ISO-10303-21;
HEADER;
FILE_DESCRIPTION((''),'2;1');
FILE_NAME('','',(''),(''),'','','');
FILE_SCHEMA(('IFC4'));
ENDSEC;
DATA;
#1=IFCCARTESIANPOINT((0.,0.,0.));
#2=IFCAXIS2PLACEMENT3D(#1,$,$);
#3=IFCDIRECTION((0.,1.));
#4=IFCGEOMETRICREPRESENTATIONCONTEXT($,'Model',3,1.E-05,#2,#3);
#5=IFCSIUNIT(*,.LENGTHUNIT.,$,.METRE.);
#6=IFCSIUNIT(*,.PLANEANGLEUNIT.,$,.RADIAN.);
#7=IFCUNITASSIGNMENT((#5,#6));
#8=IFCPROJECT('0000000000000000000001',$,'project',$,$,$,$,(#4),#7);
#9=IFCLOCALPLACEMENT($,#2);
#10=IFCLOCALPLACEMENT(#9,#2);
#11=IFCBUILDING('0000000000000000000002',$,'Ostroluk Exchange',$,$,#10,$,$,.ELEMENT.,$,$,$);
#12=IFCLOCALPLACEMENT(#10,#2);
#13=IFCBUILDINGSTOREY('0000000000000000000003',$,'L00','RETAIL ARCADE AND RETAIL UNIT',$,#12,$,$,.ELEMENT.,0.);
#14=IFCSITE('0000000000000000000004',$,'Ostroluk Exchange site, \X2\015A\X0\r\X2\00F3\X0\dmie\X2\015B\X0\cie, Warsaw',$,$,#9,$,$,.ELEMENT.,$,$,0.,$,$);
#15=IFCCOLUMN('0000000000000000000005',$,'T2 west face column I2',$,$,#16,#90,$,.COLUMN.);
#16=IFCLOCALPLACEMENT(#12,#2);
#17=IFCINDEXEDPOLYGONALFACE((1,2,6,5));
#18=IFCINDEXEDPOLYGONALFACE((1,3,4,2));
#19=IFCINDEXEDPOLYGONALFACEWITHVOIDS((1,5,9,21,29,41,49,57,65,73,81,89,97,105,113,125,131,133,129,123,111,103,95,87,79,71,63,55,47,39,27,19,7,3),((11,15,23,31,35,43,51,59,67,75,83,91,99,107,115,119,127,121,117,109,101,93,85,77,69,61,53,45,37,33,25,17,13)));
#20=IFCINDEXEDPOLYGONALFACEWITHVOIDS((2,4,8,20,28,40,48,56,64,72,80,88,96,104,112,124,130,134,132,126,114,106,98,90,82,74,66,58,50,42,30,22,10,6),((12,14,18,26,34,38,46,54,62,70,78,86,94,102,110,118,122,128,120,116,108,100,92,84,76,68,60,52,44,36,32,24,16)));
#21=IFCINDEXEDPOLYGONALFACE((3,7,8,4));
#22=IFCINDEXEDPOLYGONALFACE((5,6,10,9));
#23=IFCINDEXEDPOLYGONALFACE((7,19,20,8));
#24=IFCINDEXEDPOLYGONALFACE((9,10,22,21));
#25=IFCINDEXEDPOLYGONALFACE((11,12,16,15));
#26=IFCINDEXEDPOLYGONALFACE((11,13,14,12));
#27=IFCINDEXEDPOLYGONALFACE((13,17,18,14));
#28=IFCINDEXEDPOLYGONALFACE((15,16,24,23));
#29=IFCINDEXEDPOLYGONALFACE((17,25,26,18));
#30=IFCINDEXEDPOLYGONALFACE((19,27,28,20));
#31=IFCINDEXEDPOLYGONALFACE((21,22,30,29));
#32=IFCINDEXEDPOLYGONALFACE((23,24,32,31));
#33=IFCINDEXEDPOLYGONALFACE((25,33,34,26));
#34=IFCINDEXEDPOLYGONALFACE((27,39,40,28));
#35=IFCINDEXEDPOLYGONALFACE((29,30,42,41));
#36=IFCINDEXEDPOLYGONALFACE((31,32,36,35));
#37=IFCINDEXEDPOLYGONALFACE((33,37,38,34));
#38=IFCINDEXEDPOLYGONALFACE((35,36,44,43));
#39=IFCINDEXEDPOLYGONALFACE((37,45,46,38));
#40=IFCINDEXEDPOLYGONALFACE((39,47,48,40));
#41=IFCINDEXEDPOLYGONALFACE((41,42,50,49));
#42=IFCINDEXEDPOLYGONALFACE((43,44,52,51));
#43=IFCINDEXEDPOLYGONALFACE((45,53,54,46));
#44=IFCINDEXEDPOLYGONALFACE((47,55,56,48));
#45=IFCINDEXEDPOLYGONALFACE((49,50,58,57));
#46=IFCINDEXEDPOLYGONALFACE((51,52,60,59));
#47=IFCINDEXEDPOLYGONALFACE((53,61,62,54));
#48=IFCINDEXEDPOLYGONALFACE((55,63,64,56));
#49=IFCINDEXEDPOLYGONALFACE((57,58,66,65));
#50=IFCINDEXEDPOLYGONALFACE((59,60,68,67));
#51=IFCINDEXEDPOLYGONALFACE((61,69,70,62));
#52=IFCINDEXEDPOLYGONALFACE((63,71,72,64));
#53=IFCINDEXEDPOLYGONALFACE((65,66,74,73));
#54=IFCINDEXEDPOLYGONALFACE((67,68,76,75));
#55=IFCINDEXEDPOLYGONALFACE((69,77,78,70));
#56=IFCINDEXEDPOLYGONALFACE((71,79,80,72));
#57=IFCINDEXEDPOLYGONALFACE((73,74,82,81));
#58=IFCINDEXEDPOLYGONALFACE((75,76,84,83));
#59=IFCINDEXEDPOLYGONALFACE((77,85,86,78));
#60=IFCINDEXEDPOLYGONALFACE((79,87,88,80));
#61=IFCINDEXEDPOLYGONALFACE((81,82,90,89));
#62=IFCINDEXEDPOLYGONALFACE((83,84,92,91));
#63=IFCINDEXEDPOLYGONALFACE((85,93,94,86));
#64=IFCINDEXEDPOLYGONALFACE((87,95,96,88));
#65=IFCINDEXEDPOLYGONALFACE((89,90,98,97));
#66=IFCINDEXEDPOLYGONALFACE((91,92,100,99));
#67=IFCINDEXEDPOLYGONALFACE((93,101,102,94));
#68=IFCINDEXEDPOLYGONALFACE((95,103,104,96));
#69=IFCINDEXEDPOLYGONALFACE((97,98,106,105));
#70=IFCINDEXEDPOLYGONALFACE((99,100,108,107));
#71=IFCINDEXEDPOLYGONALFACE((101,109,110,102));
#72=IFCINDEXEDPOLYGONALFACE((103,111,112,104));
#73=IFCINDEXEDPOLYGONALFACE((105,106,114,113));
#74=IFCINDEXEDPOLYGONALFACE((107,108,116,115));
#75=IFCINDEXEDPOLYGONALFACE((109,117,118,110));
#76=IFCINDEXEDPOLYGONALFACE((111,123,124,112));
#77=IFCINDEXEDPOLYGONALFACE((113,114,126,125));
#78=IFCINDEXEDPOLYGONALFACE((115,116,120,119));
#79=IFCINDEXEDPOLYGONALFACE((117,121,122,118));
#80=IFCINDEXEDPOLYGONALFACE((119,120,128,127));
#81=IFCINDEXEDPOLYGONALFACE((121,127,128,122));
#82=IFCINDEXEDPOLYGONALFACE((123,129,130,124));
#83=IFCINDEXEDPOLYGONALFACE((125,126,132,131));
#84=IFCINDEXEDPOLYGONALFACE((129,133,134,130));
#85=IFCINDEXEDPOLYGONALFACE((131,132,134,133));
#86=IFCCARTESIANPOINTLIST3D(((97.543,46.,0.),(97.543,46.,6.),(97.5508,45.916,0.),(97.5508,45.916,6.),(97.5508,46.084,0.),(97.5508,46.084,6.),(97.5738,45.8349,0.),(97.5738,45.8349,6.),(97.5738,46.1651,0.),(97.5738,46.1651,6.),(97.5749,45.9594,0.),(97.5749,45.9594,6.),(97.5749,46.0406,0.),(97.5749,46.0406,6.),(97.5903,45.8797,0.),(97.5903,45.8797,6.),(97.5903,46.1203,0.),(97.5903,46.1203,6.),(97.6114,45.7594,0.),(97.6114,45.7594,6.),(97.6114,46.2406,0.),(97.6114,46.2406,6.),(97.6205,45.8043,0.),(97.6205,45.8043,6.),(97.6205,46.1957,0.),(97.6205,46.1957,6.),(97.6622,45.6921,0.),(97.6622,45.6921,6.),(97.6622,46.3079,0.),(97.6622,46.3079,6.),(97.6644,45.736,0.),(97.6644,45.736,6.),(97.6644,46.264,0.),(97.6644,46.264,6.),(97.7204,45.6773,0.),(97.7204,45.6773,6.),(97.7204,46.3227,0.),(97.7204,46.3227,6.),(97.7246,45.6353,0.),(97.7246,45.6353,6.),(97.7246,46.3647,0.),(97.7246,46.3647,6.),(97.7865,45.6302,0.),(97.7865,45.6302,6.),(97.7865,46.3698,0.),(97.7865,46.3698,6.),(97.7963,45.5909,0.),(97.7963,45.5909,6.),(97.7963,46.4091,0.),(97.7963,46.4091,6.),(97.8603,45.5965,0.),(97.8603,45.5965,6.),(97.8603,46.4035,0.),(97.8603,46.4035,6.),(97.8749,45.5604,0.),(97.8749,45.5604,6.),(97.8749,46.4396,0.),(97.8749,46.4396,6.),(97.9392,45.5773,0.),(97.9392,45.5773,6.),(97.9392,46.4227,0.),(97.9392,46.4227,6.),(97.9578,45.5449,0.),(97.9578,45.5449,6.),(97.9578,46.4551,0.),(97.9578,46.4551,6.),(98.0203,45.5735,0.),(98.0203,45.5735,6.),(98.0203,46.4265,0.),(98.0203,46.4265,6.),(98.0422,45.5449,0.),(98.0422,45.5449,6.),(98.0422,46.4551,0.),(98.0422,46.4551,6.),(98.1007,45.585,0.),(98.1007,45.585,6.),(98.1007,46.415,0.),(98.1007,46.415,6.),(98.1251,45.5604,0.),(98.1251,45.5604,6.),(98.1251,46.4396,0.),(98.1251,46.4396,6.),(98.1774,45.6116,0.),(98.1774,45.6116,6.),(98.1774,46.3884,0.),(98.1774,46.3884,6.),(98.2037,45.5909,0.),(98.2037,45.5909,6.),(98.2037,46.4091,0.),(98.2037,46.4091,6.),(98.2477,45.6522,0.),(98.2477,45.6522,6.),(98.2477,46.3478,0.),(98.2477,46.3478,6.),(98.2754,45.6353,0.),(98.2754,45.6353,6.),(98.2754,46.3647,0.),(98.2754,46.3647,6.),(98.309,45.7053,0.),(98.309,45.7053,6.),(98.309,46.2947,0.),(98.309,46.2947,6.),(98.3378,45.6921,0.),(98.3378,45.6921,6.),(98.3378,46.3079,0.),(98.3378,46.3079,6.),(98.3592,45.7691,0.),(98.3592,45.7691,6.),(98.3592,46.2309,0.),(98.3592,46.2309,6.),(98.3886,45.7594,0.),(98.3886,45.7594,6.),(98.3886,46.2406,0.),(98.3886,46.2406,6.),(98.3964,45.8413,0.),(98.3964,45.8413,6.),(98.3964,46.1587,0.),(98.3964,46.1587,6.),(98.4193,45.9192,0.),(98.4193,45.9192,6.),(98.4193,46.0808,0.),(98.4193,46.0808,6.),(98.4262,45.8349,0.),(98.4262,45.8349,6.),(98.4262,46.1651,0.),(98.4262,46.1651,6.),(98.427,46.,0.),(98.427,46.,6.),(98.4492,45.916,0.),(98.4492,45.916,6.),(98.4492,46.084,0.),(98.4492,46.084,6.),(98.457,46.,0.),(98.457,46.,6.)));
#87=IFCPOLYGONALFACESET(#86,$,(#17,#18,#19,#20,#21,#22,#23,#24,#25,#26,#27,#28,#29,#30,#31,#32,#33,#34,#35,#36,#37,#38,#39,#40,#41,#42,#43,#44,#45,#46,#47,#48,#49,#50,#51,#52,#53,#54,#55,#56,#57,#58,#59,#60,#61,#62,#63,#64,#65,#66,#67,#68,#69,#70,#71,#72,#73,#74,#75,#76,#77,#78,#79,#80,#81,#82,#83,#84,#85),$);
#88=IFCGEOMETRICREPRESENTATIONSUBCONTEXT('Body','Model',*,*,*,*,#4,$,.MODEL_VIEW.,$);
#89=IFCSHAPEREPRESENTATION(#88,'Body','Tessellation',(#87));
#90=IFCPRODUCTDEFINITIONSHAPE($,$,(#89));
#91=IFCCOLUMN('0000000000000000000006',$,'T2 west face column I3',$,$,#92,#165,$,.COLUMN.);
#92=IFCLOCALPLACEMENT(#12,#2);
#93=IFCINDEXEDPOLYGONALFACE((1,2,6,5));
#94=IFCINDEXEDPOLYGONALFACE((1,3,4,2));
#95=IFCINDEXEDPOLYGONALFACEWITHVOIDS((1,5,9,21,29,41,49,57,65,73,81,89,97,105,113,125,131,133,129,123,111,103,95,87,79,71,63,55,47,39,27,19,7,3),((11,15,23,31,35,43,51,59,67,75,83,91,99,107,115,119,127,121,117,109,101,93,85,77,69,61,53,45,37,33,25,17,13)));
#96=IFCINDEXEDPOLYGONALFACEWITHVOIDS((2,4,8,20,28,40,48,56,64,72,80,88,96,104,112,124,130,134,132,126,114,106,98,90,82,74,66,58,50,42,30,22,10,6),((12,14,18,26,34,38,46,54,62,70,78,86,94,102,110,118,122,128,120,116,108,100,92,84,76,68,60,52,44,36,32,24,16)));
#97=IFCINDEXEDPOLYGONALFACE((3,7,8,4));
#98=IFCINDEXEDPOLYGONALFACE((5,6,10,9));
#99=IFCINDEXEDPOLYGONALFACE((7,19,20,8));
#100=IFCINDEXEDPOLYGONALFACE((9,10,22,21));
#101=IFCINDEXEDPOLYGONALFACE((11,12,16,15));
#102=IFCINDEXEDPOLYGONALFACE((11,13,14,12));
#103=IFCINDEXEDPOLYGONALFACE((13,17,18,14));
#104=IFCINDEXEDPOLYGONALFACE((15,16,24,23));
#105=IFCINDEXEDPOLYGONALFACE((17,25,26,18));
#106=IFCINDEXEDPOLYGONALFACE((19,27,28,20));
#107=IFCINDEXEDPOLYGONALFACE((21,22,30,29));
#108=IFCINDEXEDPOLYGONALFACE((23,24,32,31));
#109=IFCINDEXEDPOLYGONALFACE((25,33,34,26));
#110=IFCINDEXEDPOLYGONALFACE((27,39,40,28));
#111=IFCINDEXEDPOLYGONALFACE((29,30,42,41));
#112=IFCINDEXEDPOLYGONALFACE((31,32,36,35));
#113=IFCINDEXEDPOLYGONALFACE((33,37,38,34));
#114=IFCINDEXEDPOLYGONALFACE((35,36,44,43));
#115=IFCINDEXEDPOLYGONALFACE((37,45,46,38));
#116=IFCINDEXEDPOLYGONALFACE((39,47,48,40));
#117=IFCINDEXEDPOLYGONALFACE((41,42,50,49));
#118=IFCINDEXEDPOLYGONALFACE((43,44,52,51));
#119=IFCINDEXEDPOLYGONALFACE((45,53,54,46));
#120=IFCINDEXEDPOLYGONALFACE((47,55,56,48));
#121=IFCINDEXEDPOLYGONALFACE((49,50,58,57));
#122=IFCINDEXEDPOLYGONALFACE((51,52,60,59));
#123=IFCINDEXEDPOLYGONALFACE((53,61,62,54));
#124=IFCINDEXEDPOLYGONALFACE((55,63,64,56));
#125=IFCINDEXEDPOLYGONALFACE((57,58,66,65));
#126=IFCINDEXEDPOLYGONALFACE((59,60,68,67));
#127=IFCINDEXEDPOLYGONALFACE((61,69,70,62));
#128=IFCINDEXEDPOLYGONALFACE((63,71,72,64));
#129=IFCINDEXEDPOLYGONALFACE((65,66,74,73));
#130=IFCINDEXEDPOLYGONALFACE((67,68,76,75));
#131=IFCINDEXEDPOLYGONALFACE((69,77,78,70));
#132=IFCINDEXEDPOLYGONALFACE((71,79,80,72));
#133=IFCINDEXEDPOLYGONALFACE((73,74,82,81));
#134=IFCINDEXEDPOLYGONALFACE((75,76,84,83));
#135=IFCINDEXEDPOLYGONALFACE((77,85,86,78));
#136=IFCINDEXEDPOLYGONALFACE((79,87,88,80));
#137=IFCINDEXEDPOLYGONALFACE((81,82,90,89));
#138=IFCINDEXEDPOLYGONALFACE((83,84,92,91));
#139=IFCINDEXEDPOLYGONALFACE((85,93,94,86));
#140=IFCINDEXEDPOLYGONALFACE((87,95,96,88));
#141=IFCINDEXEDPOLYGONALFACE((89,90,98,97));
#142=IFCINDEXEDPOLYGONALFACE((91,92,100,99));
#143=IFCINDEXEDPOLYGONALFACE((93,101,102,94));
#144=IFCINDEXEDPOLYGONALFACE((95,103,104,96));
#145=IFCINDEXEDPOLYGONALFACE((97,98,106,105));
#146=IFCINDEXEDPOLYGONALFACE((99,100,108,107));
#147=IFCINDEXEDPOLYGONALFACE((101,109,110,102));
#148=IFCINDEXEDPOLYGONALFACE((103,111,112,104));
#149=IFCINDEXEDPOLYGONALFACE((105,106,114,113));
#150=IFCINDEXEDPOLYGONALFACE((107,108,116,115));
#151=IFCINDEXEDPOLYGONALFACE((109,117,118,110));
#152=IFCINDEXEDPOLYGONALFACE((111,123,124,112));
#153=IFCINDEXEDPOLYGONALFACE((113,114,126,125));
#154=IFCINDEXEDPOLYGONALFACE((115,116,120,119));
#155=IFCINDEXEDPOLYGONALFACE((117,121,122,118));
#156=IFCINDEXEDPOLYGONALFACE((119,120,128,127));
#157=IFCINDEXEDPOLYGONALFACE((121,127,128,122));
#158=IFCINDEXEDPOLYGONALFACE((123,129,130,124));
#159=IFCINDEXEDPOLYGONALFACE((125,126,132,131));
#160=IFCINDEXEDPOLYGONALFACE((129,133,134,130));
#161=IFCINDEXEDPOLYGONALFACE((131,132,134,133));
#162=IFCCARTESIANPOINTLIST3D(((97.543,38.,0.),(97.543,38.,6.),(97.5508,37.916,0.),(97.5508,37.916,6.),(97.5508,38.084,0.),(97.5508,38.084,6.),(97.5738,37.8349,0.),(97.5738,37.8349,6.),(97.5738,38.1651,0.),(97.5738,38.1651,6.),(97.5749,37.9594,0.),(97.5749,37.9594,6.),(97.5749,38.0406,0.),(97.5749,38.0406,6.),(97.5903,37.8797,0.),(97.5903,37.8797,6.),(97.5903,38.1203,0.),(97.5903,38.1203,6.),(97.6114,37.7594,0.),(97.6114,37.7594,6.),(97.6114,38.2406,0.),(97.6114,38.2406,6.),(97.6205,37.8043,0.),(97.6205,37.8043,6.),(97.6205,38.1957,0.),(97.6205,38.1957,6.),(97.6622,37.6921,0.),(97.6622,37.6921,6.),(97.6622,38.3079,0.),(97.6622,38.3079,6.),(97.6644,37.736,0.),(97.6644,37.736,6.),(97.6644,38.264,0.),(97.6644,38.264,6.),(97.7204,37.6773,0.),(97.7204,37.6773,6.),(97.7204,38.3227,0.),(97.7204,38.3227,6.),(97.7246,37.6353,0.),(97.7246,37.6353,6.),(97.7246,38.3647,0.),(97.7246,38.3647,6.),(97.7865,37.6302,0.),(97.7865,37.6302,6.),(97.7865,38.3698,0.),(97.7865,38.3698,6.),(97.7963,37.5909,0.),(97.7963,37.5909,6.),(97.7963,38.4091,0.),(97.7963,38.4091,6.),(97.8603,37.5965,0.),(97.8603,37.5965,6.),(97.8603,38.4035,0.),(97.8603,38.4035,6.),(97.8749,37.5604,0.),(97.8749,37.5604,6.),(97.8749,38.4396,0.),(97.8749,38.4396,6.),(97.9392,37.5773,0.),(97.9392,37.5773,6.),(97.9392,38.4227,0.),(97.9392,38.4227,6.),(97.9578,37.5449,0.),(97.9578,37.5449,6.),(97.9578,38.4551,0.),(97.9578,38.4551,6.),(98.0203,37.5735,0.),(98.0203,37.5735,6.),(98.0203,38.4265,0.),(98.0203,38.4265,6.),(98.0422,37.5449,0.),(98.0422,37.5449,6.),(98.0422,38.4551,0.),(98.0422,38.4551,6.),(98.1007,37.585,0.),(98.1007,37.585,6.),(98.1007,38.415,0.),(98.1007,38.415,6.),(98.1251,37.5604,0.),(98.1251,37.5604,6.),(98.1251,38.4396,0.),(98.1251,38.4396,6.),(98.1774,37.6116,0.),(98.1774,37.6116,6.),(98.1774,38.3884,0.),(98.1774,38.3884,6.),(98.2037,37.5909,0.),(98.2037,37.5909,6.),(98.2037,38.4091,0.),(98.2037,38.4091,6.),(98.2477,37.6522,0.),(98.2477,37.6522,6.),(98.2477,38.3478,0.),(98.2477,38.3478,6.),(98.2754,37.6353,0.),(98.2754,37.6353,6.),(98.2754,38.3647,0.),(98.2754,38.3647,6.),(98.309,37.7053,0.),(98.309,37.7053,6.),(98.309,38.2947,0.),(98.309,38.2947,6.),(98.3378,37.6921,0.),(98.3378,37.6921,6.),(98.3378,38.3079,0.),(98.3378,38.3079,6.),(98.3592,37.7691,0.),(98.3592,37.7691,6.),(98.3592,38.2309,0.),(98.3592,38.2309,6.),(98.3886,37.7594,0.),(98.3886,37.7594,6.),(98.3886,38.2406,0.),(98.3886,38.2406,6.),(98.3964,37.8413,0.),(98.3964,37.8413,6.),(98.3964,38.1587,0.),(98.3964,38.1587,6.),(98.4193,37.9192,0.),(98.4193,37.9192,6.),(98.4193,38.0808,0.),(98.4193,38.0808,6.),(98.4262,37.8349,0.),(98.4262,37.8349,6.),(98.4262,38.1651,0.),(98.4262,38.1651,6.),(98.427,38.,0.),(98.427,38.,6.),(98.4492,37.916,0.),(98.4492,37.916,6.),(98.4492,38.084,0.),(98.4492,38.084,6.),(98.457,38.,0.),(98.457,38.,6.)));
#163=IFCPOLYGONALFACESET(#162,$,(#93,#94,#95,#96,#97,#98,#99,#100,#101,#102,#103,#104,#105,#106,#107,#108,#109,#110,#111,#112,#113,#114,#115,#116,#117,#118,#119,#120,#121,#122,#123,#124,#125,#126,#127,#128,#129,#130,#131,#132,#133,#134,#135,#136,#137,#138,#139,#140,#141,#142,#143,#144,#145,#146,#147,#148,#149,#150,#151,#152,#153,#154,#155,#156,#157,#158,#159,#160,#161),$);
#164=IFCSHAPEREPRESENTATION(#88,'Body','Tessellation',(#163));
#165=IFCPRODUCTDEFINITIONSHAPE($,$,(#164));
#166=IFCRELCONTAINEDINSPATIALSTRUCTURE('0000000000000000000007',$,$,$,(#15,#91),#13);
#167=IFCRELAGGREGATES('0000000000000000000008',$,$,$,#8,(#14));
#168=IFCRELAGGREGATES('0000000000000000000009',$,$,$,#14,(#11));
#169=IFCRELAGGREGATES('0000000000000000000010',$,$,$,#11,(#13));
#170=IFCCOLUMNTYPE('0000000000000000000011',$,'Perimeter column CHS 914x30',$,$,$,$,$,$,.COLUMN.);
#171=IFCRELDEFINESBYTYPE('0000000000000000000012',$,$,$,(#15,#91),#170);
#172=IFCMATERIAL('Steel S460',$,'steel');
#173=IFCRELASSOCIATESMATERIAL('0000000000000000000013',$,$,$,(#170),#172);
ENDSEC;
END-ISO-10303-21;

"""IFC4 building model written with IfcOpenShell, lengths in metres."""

from ifc_helpers import new_model, si_unit, direction, frame, origin, origin_2d, place, context, subcontext, project, spatial, hollow_circle, extrude, material, material_profile, profile_set, type_object, element, save


model = new_model("IFC4")

# Units and contexts
model_context = context("Model", 3, precision=1e-05, world=origin(), true_north=direction((0.0, 1.0)))
body_context = subcontext(model_context, "Body", "Model", "MODEL_VIEW")
ifc_project = project(units=[si_unit("LENGTHUNIT", "METRE"), si_unit("PLANEANGLEUNIT", "RADIAN")], contexts=[model_context])

# Site, building, storey
site_placement = place(None, origin())
site = spatial("IfcSite", under=ifc_project, at=site_placement, Name="Ostroluk Exchange site, Śródmieście, Warsaw", CompositionType="ELEMENT", RefElevation=0.0)
building_placement = place(site_placement, origin())
building = spatial("IfcBuilding", under=site, at=building_placement, Name="Ostroluk Exchange", CompositionType="ELEMENT")
storey_placement = place(building_placement, origin())
storey = spatial("IfcBuildingStorey", under=building, at=storey_placement, Name="L00", Description="RETAIL ARCADE AND RETAIL UNIT", CompositionType="ELEMENT", Elevation=0.0)

# Columns
ifc_material_1 = material(Name="Steel S460", Category="steel")
ifc_material_profile_1 = material_profile(ifc_material_1, hollow_circle(Radius=0.457, WallThickness=0.03, at=origin_2d()), Name="CHS 914x30")
ifc_profile_set_1 = profile_set([ifc_material_profile_1], Name="Steel S460")
column_type = type_object("IfcColumnType", Name="Perimeter column CHS 914x30", PredefinedType="COLUMN", material=ifc_profile_set_1)
for number, where, z_axis, x_axis, name in (
    (1, (98.0, 46.0, 0.0), (0.0, 0.0, 1.0), (1.0, 0.0, 0.0), "T2 west face column I2"),
    (2, (98.0, 38.0, 0.0), (0.0, 0.0, 1.0), (1.0, 0.0, 0.0), "T2 west face column I3"),
):
    element("IfcColumn", number, at=place(storey_placement, frame(where, z_axis=z_axis, x_axis=x_axis)), inside=storey, type_object=column_type, Name=name, PredefinedType="COLUMN", context=body_context, shape_type="SweptSolid", body=[
        extrude(hollow_circle(Radius=0.457, WallThickness=0.03, at=origin_2d()), origin(), (0.0, 0.0, 1.0), 6.0),
    ])

save(model, "model.ifc")
